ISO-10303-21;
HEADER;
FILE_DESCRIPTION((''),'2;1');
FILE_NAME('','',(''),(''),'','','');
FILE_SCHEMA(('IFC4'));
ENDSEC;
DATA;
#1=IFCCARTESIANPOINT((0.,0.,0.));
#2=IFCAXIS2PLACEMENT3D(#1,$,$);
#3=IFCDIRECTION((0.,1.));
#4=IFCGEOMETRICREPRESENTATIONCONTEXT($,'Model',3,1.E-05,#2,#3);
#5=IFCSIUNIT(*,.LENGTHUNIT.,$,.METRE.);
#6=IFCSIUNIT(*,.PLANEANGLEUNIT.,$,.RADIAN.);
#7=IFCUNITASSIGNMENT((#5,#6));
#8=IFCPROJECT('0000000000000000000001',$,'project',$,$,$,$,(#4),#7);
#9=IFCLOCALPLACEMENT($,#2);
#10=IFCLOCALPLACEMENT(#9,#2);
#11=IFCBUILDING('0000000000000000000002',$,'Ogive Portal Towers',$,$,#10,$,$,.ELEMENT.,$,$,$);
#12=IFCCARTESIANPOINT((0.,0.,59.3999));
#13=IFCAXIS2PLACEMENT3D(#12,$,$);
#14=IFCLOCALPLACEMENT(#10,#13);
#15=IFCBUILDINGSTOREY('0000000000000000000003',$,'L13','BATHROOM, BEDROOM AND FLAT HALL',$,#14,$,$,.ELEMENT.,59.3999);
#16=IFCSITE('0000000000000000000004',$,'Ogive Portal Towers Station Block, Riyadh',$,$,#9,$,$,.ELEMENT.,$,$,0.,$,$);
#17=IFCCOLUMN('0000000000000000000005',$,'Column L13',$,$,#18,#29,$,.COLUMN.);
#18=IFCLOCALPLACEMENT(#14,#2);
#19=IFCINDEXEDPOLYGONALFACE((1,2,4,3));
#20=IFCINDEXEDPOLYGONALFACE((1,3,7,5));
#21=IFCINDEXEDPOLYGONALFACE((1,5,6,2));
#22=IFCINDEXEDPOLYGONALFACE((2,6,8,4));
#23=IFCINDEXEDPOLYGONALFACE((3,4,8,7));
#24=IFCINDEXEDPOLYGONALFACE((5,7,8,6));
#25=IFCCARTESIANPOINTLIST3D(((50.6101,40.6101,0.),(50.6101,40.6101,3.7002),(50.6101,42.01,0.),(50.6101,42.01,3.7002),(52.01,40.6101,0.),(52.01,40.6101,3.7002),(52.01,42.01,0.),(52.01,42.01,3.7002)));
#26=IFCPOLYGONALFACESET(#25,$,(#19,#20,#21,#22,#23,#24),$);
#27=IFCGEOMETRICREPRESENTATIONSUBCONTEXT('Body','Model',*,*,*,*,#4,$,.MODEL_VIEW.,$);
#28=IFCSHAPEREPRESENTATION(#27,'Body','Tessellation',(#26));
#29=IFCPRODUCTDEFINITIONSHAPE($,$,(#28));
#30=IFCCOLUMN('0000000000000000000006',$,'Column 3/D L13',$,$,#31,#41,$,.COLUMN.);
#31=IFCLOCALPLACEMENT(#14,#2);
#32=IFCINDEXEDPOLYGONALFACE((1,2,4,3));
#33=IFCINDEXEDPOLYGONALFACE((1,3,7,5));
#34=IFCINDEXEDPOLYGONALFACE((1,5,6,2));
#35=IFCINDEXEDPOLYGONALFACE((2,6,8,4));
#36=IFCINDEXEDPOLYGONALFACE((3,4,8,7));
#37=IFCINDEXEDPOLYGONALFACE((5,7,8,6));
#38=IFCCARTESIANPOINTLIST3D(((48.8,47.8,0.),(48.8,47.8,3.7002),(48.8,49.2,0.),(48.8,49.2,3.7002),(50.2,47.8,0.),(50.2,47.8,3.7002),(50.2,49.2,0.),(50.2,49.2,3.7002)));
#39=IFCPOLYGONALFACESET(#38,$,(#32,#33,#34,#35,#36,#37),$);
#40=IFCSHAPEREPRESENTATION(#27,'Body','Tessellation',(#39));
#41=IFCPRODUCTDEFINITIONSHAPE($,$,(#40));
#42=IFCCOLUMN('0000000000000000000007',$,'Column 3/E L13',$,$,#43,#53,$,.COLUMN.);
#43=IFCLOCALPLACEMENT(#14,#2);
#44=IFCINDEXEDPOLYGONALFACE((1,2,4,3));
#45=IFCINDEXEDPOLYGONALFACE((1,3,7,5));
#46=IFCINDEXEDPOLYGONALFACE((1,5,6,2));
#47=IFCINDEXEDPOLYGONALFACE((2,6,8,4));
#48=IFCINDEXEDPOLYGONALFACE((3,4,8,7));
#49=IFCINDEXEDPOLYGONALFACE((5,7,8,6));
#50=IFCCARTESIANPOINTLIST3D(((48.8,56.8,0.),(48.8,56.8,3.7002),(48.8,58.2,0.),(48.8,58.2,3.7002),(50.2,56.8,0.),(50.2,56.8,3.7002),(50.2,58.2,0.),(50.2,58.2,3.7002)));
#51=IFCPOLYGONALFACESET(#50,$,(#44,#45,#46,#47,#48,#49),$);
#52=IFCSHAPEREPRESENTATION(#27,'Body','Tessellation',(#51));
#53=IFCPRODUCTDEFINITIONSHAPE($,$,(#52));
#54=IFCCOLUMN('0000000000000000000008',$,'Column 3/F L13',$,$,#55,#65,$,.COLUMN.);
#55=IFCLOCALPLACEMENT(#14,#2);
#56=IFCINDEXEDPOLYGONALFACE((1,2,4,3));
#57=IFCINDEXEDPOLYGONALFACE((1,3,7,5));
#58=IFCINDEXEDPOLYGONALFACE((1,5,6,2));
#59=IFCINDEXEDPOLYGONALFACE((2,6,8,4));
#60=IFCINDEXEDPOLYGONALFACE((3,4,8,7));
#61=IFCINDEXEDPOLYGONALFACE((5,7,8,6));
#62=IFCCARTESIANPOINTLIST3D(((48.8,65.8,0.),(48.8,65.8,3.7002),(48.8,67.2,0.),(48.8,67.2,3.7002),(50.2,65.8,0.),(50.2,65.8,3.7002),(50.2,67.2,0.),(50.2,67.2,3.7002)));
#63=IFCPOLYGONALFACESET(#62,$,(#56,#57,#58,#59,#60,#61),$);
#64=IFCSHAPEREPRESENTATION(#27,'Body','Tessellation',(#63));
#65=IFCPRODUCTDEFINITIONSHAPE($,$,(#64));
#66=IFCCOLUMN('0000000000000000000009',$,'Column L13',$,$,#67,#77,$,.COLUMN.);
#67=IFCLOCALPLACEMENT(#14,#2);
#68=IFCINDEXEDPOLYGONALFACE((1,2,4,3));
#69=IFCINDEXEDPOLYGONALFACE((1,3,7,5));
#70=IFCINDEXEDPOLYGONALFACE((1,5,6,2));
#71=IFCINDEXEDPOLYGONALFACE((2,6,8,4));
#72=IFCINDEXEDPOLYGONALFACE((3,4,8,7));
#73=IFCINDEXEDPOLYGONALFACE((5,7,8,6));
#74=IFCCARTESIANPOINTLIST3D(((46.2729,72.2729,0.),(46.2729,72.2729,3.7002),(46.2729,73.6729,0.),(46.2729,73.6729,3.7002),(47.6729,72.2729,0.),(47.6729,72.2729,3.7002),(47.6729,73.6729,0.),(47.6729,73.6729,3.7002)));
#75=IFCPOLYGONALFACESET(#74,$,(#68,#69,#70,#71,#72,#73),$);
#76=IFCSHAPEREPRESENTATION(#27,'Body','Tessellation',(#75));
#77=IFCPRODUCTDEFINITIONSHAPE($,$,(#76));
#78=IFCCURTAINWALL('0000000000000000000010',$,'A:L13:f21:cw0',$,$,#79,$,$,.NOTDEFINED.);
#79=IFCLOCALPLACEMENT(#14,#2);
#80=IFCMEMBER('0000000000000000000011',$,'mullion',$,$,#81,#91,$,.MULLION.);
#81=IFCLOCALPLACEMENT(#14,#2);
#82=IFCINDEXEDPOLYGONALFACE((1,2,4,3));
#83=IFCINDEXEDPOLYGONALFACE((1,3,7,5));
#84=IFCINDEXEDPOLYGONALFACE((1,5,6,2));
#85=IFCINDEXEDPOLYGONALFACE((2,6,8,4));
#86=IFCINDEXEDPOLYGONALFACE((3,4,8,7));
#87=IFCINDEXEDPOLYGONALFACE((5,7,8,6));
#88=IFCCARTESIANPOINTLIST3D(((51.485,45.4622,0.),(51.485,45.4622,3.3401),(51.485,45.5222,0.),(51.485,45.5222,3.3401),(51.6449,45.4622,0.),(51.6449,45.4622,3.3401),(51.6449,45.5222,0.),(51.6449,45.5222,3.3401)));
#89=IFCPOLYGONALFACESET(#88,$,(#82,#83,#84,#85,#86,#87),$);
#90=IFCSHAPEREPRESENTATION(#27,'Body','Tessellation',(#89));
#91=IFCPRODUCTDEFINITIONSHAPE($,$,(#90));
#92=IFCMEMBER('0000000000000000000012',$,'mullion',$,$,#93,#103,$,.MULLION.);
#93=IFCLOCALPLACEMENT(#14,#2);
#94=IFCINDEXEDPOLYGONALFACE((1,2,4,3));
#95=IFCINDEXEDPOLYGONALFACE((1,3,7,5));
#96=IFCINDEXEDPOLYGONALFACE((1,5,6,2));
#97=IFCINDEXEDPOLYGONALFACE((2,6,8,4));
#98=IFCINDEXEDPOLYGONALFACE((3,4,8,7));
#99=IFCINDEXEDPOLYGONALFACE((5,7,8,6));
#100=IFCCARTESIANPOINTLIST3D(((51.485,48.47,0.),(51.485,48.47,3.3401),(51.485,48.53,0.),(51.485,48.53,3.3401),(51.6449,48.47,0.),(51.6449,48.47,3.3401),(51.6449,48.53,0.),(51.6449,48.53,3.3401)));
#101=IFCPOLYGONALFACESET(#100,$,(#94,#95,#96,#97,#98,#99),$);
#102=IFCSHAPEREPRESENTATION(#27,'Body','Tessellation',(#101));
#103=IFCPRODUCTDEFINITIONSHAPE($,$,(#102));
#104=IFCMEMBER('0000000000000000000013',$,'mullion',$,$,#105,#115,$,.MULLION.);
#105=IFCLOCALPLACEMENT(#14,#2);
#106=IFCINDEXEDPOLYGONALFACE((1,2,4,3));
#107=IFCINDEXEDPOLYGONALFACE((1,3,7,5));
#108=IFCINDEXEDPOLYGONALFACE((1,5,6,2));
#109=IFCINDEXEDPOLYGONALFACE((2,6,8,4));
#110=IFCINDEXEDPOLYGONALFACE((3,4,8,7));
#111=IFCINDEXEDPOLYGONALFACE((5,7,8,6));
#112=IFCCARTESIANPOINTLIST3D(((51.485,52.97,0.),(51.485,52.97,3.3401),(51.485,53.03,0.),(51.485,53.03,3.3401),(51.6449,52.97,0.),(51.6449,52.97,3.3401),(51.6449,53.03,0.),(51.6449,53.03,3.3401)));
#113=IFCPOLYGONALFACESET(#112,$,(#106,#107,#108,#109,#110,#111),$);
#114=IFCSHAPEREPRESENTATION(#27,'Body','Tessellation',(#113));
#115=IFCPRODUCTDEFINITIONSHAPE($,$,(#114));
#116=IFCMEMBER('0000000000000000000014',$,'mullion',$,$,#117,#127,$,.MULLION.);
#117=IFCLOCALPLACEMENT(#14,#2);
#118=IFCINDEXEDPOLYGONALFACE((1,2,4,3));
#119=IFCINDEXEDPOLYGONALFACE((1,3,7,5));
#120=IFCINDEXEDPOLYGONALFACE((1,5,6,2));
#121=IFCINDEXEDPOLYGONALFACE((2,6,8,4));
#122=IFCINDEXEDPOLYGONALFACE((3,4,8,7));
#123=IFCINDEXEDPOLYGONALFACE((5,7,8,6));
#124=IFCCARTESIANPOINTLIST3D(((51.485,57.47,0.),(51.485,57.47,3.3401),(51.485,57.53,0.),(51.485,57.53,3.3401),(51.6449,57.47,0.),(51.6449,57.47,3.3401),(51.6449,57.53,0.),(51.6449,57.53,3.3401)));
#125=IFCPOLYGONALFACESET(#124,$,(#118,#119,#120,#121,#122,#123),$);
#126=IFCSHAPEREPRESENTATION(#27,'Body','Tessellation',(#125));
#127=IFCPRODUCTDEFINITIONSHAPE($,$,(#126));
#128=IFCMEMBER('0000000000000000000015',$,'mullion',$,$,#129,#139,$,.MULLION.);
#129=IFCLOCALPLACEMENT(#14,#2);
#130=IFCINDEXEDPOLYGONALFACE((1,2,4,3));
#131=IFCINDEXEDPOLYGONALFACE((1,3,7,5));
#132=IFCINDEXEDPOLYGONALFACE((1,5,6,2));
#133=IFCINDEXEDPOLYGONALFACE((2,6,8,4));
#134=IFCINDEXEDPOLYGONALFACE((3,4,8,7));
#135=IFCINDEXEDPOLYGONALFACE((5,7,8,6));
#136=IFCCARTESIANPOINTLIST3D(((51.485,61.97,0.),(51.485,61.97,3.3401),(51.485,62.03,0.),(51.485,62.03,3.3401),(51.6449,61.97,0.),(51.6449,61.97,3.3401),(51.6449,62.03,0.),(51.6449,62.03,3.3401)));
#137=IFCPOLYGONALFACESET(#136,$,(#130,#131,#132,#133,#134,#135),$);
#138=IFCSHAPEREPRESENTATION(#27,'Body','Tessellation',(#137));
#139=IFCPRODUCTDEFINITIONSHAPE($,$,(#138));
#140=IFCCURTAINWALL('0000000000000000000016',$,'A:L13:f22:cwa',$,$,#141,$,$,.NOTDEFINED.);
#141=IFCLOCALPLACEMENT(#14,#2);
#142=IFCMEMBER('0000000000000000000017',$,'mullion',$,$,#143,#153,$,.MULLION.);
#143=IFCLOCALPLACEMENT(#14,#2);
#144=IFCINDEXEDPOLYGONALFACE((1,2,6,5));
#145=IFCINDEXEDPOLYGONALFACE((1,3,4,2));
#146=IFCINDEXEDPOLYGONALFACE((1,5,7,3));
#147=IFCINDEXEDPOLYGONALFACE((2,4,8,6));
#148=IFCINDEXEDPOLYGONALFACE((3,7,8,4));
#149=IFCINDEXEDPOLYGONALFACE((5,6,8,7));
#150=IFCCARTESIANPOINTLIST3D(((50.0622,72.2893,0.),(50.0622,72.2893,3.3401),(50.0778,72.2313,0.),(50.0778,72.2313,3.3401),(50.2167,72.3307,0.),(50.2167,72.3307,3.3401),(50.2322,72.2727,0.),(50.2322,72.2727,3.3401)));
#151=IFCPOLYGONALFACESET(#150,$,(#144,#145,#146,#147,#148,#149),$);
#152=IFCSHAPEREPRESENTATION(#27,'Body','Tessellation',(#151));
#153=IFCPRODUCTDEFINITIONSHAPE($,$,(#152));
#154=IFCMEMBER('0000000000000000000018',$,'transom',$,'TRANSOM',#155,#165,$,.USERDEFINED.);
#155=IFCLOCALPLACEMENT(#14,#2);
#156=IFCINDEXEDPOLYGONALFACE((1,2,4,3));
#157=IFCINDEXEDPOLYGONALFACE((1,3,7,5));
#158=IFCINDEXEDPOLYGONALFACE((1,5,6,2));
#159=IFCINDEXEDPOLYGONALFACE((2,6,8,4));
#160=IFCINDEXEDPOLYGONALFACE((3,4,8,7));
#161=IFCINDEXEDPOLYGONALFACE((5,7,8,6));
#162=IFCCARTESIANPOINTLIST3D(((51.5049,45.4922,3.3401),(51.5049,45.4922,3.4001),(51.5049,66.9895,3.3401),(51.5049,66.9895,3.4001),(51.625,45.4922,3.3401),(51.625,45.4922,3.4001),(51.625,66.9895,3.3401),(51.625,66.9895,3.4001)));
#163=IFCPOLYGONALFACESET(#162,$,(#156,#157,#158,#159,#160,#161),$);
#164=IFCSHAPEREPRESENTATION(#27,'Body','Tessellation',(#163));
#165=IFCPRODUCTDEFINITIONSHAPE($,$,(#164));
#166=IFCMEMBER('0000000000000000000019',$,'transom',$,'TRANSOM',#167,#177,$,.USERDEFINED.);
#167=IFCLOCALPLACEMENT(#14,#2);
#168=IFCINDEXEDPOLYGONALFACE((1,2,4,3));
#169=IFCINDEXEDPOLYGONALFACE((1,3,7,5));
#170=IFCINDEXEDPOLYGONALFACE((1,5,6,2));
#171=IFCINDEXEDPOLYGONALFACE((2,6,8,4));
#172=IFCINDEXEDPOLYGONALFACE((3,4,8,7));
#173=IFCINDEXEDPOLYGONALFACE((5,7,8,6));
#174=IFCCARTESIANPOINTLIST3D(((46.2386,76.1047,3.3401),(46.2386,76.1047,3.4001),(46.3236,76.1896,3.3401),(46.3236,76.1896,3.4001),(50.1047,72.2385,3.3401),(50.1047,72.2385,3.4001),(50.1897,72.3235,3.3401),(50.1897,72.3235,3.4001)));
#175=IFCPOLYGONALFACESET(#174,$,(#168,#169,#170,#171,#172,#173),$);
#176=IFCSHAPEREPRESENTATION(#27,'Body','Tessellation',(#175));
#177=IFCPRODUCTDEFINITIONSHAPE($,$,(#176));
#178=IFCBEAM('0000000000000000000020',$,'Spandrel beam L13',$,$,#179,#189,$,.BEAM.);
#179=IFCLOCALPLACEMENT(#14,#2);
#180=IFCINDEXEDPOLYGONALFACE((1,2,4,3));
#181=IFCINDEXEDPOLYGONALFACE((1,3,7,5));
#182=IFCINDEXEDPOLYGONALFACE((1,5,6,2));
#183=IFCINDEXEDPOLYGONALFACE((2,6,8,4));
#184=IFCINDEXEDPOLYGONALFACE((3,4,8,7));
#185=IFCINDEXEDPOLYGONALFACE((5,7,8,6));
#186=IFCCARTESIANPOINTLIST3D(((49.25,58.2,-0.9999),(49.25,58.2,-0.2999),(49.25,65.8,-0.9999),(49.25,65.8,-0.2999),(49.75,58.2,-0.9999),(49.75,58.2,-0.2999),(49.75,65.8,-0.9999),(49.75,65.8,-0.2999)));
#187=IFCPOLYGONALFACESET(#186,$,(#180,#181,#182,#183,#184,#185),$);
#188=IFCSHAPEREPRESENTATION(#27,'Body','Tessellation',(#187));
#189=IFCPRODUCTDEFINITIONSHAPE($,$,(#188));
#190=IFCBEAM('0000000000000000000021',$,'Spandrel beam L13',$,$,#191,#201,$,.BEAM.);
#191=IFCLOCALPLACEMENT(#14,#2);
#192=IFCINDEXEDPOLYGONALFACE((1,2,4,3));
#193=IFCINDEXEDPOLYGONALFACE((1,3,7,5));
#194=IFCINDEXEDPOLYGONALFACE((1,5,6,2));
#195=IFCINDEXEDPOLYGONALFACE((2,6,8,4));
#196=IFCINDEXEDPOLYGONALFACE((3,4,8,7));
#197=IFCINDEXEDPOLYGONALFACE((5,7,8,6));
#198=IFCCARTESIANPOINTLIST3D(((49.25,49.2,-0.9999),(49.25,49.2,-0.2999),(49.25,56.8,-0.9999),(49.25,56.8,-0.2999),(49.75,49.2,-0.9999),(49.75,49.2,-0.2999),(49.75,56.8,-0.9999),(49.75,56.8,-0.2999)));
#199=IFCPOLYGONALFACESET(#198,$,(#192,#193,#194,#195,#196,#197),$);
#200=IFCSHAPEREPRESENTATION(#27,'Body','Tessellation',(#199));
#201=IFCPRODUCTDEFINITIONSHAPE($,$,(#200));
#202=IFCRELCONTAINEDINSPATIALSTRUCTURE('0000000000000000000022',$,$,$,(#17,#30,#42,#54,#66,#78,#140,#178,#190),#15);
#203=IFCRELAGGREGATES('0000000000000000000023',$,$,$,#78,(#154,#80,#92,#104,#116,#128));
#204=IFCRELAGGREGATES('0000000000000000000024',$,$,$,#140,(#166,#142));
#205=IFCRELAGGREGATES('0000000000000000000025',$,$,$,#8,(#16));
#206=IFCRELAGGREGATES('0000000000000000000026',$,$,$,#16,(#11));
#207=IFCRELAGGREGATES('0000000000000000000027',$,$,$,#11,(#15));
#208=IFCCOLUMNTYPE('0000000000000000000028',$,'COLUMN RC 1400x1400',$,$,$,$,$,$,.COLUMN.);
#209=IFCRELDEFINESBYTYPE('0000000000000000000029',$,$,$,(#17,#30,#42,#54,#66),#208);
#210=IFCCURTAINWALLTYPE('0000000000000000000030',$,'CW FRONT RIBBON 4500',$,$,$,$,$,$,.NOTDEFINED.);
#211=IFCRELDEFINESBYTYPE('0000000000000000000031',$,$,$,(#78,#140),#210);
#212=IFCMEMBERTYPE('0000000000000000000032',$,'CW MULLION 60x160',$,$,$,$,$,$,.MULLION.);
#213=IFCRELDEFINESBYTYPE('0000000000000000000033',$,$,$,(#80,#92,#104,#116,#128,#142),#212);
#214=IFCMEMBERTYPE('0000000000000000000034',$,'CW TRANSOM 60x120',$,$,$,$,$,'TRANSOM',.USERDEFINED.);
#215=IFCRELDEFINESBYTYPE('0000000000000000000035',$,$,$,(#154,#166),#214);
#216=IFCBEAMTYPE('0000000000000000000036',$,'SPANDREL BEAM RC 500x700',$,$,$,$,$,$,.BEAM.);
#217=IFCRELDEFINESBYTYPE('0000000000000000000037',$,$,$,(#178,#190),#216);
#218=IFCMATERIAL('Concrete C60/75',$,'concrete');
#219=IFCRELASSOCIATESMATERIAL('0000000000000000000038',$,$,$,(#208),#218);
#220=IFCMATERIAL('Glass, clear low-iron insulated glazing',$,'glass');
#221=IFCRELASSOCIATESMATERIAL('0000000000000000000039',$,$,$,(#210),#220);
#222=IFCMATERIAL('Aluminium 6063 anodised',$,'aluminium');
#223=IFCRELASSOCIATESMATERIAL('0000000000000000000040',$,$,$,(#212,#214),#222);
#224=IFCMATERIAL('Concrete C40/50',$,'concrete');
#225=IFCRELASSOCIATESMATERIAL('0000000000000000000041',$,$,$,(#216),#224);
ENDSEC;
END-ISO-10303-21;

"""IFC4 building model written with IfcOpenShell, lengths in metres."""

from ifc_helpers import new_model, si_unit, direction, frame, origin, origin_2d, place, context, subcontext, project, spatial, rectangle, extrude, material, material_profile, profile_set, type_object, element, aggregate, save


model = new_model("IFC4")

# Units and contexts
model_context = context("Model", 3, precision=1e-05, world=origin(), true_north=direction((0.0, 1.0)))
body_context = subcontext(model_context, "Body", "Model", "MODEL_VIEW")
ifc_project = project(units=[si_unit("LENGTHUNIT", "METRE"), si_unit("PLANEANGLEUNIT", "RADIAN")], contexts=[model_context])

# Site, building, storey
site_placement = place(None, origin())
site = spatial("IfcSite", under=ifc_project, at=site_placement, Name="Ogive Portal Towers Station Block, Riyadh", CompositionType="ELEMENT", RefElevation=0.0)
building_placement = place(site_placement, origin())
building = spatial("IfcBuilding", under=site, at=building_placement, Name="Ogive Portal Towers", CompositionType="ELEMENT")
storey_placement = place(building_placement, frame((0.0, 0.0, 59.3999)))
storey = spatial("IfcBuildingStorey", under=building, at=storey_placement, Name="L13", Description="BATHROOM, BEDROOM AND FLAT HALL", CompositionType="ELEMENT", Elevation=59.3999)

# Columns
ifc_material_1 = material(Name="Concrete C60/75", Category="concrete")
ifc_material_profile_1 = material_profile(ifc_material_1, rectangle(XDim=1.3999, YDim=1.3999, at=origin_2d()), Name="RC 1400x1400")
ifc_profile_set_1 = profile_set([ifc_material_profile_1], Name="Concrete C60/75")
column_type = type_object("IfcColumnType", Name="COLUMN RC 1400x1400", PredefinedType="COLUMN", material=ifc_profile_set_1)
for number, where, z_axis, x_axis, name in (
    (1, (51.3101, 41.3101, 0.0), (0.0, 0.0, 1.0), (1.0, 0.0, 0.0), "Column L13"),
    (2, (49.5, 48.5, 0.0), (0.0, 0.0, 1.0), (1.0, 0.0, 0.0), "Column 3/D L13"),
    (3, (49.5, 57.5, 0.0), (0.0, 0.0, 1.0), (1.0, 0.0, 0.0), "Column 3/E L13"),
    (4, (49.5, 66.5, 0.0), (0.0, 0.0, 1.0), (1.0, 0.0, 0.0), "Column 3/F L13"),
    (5, (46.9729, 72.9729, 0.0), (0.0, 0.0, 1.0), (1.0, 0.0, 0.0), "Column L13"),
):
    element("IfcColumn", number, at=place(storey_placement, frame(where, z_axis=z_axis, x_axis=x_axis)), inside=storey, type_object=column_type, Name=name, PredefinedType="COLUMN", context=body_context, shape_type="SweptSolid", body=[
        extrude(rectangle(XDim=1.3999, YDim=1.3999, at=origin_2d()), origin(), (0.0, 0.0, 1.0), 3.7002),
    ])

# Curtain wall, members
ifc_material_2 = material(Name="Glass, clear low-iron insulated glazing", Category="glass")
curtain_wall_type = type_object("IfcCurtainWallType", Name="CW FRONT RIBBON 4500", PredefinedType="NOTDEFINED", material=ifc_material_2)
curtain_wall_1_placement = place(storey_placement, origin())
curtain_wall_1 = element("IfcCurtainWall", 6, at=curtain_wall_1_placement, inside=storey, type_object=curtain_wall_type, Name="A:L13:f21:cw0", PredefinedType="NOTDEFINED")
ifc_material_3 = material(Name="Aluminium 6063 anodised", Category="aluminium")
ifc_material_profile_2 = material_profile(ifc_material_3, rectangle(XDim=0.1599, YDim=0.0601, at=origin_2d()), Name="AL 60x160")
ifc_profile_set_2 = profile_set([ifc_material_profile_2], Name="Aluminium 6063 anodised")
member_type_1 = type_object("IfcMemberType", Name="CW MULLION 60x160", PredefinedType="MULLION", material=ifc_profile_set_2)
member_1_placement = place(storey_placement, frame((51.5649, 45.4922, 0.0), z_axis=(0.0, 0.0, 1.0), x_axis=(-1.0, 0.0, 0.0)))
member_1 = element("IfcMember", 7, at=member_1_placement, type_object=member_type_1, Name="mullion", PredefinedType="MULLION", context=body_context, shape_type="SweptSolid", body=[
    extrude(rectangle(XDim=0.1599, YDim=0.0601, at=origin_2d()), origin(), (0.0, 0.0, 1.0), 3.3401),
])
member_2_placement = place(storey_placement, frame((51.5649, 48.5, 0.0), z_axis=(0.0, 0.0, 1.0), x_axis=(-1.0, 0.0, 0.0)))
member_2 = element("IfcMember", 8, at=member_2_placement, type_object=member_type_1, Name="mullion", PredefinedType="MULLION", context=body_context, shape_type="SweptSolid", body=[
    extrude(rectangle(XDim=0.1599, YDim=0.0601, at=origin_2d()), origin(), (0.0, 0.0, 1.0), 3.3401),
])
member_3_placement = place(storey_placement, frame((51.5649, 53.0, 0.0), z_axis=(0.0, 0.0, 1.0), x_axis=(-1.0, 0.0, 0.0)))
member_3 = element("IfcMember", 9, at=member_3_placement, type_object=member_type_1, Name="mullion", PredefinedType="MULLION", context=body_context, shape_type="SweptSolid", body=[
    extrude(rectangle(XDim=0.1599, YDim=0.0601, at=origin_2d()), origin(), (0.0, 0.0, 1.0), 3.3401),
])
member_4_placement = place(storey_placement, frame((51.5649, 57.5, 0.0), z_axis=(0.0, 0.0, 1.0), x_axis=(-1.0, 0.0, 0.0)))
member_4 = element("IfcMember", 10, at=member_4_placement, type_object=member_type_1, Name="mullion", PredefinedType="MULLION", context=body_context, shape_type="SweptSolid", body=[
    extrude(rectangle(XDim=0.1599, YDim=0.0601, at=origin_2d()), origin(), (0.0, 0.0, 1.0), 3.3401),
])
member_5_placement = place(storey_placement, frame((51.5649, 62.0, 0.0), z_axis=(0.0, 0.0, 1.0), x_axis=(-1.0, 0.0, 0.0)))
member_5 = element("IfcMember", 11, at=member_5_placement, type_object=member_type_1, Name="mullion", PredefinedType="MULLION", context=body_context, shape_type="SweptSolid", body=[
    extrude(rectangle(XDim=0.1599, YDim=0.0601, at=origin_2d()), origin(), (0.0, 0.0, 1.0), 3.3401),
])

# Curtain wall, member
curtain_wall_2_placement = place(storey_placement, origin())
curtain_wall_2 = element("IfcCurtainWall", 12, at=curtain_wall_2_placement, inside=storey, type_object=curtain_wall_type, Name="A:L13:f22:cwa", PredefinedType="NOTDEFINED")
member_6_placement = place(storey_placement, frame((50.1472, 72.281, 0.0), z_axis=(0.0, 0.0, 1.0), x_axis=(-0.965926, -0.258819, 0.0)))
member_6 = element("IfcMember", 13, at=member_6_placement, type_object=member_type_1, Name="mullion", PredefinedType="MULLION", context=body_context, shape_type="SweptSolid", body=[
    extrude(rectangle(XDim=0.1599, YDim=0.0601, at=origin_2d()), origin(), (0.0, 0.0, 1.0), 3.3401),
])

# Members
ifc_material_profile_3 = material_profile(ifc_material_3, rectangle(XDim=0.1201, YDim=0.0601, at=origin_2d()), Name="AL 120x60")
ifc_profile_set_3 = profile_set([ifc_material_profile_3], Name="Aluminium 6063 anodised")
member_type_2 = type_object("IfcMemberType", Name="CW TRANSOM 60x120", ElementType="TRANSOM", PredefinedType="USERDEFINED", material=ifc_profile_set_3)
member_7_placement = place(storey_placement, frame((51.5649, 45.4922, 3.3701), z_axis=(0.0, 1.0, 0.0), x_axis=(-1.0, 0.0, 0.0)))
member_7 = element("IfcMember", 14, at=member_7_placement, type_object=member_type_2, Name="transom", ObjectType="TRANSOM", PredefinedType="USERDEFINED", context=body_context, shape_type="SweptSolid", body=[
    extrude(rectangle(XDim=0.1201, YDim=0.0601, at=origin_2d()), origin(), (0.0, 0.0, 1.0), 21.4973),
])
member_8_placement = place(storey_placement, frame((50.1472, 72.281, 3.3701), z_axis=(-0.707107, 0.707107, 0.0), x_axis=(-0.707107, -0.707107, 0.0)))
member_8 = element("IfcMember", 15, at=member_8_placement, type_object=member_type_2, Name="transom", ObjectType="TRANSOM", PredefinedType="USERDEFINED", context=body_context, shape_type="SweptSolid", body=[
    extrude(rectangle(XDim=0.1201, YDim=0.0601, at=origin_2d()), origin(), (0.0, 0.0, 1.0), 5.4675),
])

# Beams
ifc_material_4 = material(Name="Concrete C40/50", Category="concrete")
ifc_material_profile_4 = material_profile(ifc_material_4, rectangle(XDim=0.5, YDim=0.7, at=origin_2d()), Name="RC 500x700")
ifc_profile_set_4 = profile_set([ifc_material_profile_4], Name="Concrete C40/50")
beam_type = type_object("IfcBeamType", Name="SPANDREL BEAM RC 500x700", PredefinedType="BEAM", material=ifc_profile_set_4)
for number, where, z_axis, x_axis, name in (
    (16, (49.5, 65.8, -0.6499), (0.0, -1.0, 0.0), (1.0, 0.0, 0.0), "Spandrel beam L13"),
    (17, (49.5, 56.8, -0.6499), (0.0, -1.0, 0.0), (1.0, 0.0, 0.0), "Spandrel beam L13"),
):
    element("IfcBeam", number, at=place(storey_placement, frame(where, z_axis=z_axis, x_axis=x_axis)), inside=storey, type_object=beam_type, Name=name, PredefinedType="BEAM", context=body_context, shape_type="SweptSolid", body=[
        extrude(rectangle(XDim=0.5, YDim=0.7, at=origin_2d()), origin(), (0.0, 0.0, 1.0), 7.6001),
    ])

aggregate(curtain_wall_1, [member_7, member_1, member_2, member_3, member_4, member_5])
aggregate(curtain_wall_2, [member_8, member_6])

save(model, "model.ifc")
